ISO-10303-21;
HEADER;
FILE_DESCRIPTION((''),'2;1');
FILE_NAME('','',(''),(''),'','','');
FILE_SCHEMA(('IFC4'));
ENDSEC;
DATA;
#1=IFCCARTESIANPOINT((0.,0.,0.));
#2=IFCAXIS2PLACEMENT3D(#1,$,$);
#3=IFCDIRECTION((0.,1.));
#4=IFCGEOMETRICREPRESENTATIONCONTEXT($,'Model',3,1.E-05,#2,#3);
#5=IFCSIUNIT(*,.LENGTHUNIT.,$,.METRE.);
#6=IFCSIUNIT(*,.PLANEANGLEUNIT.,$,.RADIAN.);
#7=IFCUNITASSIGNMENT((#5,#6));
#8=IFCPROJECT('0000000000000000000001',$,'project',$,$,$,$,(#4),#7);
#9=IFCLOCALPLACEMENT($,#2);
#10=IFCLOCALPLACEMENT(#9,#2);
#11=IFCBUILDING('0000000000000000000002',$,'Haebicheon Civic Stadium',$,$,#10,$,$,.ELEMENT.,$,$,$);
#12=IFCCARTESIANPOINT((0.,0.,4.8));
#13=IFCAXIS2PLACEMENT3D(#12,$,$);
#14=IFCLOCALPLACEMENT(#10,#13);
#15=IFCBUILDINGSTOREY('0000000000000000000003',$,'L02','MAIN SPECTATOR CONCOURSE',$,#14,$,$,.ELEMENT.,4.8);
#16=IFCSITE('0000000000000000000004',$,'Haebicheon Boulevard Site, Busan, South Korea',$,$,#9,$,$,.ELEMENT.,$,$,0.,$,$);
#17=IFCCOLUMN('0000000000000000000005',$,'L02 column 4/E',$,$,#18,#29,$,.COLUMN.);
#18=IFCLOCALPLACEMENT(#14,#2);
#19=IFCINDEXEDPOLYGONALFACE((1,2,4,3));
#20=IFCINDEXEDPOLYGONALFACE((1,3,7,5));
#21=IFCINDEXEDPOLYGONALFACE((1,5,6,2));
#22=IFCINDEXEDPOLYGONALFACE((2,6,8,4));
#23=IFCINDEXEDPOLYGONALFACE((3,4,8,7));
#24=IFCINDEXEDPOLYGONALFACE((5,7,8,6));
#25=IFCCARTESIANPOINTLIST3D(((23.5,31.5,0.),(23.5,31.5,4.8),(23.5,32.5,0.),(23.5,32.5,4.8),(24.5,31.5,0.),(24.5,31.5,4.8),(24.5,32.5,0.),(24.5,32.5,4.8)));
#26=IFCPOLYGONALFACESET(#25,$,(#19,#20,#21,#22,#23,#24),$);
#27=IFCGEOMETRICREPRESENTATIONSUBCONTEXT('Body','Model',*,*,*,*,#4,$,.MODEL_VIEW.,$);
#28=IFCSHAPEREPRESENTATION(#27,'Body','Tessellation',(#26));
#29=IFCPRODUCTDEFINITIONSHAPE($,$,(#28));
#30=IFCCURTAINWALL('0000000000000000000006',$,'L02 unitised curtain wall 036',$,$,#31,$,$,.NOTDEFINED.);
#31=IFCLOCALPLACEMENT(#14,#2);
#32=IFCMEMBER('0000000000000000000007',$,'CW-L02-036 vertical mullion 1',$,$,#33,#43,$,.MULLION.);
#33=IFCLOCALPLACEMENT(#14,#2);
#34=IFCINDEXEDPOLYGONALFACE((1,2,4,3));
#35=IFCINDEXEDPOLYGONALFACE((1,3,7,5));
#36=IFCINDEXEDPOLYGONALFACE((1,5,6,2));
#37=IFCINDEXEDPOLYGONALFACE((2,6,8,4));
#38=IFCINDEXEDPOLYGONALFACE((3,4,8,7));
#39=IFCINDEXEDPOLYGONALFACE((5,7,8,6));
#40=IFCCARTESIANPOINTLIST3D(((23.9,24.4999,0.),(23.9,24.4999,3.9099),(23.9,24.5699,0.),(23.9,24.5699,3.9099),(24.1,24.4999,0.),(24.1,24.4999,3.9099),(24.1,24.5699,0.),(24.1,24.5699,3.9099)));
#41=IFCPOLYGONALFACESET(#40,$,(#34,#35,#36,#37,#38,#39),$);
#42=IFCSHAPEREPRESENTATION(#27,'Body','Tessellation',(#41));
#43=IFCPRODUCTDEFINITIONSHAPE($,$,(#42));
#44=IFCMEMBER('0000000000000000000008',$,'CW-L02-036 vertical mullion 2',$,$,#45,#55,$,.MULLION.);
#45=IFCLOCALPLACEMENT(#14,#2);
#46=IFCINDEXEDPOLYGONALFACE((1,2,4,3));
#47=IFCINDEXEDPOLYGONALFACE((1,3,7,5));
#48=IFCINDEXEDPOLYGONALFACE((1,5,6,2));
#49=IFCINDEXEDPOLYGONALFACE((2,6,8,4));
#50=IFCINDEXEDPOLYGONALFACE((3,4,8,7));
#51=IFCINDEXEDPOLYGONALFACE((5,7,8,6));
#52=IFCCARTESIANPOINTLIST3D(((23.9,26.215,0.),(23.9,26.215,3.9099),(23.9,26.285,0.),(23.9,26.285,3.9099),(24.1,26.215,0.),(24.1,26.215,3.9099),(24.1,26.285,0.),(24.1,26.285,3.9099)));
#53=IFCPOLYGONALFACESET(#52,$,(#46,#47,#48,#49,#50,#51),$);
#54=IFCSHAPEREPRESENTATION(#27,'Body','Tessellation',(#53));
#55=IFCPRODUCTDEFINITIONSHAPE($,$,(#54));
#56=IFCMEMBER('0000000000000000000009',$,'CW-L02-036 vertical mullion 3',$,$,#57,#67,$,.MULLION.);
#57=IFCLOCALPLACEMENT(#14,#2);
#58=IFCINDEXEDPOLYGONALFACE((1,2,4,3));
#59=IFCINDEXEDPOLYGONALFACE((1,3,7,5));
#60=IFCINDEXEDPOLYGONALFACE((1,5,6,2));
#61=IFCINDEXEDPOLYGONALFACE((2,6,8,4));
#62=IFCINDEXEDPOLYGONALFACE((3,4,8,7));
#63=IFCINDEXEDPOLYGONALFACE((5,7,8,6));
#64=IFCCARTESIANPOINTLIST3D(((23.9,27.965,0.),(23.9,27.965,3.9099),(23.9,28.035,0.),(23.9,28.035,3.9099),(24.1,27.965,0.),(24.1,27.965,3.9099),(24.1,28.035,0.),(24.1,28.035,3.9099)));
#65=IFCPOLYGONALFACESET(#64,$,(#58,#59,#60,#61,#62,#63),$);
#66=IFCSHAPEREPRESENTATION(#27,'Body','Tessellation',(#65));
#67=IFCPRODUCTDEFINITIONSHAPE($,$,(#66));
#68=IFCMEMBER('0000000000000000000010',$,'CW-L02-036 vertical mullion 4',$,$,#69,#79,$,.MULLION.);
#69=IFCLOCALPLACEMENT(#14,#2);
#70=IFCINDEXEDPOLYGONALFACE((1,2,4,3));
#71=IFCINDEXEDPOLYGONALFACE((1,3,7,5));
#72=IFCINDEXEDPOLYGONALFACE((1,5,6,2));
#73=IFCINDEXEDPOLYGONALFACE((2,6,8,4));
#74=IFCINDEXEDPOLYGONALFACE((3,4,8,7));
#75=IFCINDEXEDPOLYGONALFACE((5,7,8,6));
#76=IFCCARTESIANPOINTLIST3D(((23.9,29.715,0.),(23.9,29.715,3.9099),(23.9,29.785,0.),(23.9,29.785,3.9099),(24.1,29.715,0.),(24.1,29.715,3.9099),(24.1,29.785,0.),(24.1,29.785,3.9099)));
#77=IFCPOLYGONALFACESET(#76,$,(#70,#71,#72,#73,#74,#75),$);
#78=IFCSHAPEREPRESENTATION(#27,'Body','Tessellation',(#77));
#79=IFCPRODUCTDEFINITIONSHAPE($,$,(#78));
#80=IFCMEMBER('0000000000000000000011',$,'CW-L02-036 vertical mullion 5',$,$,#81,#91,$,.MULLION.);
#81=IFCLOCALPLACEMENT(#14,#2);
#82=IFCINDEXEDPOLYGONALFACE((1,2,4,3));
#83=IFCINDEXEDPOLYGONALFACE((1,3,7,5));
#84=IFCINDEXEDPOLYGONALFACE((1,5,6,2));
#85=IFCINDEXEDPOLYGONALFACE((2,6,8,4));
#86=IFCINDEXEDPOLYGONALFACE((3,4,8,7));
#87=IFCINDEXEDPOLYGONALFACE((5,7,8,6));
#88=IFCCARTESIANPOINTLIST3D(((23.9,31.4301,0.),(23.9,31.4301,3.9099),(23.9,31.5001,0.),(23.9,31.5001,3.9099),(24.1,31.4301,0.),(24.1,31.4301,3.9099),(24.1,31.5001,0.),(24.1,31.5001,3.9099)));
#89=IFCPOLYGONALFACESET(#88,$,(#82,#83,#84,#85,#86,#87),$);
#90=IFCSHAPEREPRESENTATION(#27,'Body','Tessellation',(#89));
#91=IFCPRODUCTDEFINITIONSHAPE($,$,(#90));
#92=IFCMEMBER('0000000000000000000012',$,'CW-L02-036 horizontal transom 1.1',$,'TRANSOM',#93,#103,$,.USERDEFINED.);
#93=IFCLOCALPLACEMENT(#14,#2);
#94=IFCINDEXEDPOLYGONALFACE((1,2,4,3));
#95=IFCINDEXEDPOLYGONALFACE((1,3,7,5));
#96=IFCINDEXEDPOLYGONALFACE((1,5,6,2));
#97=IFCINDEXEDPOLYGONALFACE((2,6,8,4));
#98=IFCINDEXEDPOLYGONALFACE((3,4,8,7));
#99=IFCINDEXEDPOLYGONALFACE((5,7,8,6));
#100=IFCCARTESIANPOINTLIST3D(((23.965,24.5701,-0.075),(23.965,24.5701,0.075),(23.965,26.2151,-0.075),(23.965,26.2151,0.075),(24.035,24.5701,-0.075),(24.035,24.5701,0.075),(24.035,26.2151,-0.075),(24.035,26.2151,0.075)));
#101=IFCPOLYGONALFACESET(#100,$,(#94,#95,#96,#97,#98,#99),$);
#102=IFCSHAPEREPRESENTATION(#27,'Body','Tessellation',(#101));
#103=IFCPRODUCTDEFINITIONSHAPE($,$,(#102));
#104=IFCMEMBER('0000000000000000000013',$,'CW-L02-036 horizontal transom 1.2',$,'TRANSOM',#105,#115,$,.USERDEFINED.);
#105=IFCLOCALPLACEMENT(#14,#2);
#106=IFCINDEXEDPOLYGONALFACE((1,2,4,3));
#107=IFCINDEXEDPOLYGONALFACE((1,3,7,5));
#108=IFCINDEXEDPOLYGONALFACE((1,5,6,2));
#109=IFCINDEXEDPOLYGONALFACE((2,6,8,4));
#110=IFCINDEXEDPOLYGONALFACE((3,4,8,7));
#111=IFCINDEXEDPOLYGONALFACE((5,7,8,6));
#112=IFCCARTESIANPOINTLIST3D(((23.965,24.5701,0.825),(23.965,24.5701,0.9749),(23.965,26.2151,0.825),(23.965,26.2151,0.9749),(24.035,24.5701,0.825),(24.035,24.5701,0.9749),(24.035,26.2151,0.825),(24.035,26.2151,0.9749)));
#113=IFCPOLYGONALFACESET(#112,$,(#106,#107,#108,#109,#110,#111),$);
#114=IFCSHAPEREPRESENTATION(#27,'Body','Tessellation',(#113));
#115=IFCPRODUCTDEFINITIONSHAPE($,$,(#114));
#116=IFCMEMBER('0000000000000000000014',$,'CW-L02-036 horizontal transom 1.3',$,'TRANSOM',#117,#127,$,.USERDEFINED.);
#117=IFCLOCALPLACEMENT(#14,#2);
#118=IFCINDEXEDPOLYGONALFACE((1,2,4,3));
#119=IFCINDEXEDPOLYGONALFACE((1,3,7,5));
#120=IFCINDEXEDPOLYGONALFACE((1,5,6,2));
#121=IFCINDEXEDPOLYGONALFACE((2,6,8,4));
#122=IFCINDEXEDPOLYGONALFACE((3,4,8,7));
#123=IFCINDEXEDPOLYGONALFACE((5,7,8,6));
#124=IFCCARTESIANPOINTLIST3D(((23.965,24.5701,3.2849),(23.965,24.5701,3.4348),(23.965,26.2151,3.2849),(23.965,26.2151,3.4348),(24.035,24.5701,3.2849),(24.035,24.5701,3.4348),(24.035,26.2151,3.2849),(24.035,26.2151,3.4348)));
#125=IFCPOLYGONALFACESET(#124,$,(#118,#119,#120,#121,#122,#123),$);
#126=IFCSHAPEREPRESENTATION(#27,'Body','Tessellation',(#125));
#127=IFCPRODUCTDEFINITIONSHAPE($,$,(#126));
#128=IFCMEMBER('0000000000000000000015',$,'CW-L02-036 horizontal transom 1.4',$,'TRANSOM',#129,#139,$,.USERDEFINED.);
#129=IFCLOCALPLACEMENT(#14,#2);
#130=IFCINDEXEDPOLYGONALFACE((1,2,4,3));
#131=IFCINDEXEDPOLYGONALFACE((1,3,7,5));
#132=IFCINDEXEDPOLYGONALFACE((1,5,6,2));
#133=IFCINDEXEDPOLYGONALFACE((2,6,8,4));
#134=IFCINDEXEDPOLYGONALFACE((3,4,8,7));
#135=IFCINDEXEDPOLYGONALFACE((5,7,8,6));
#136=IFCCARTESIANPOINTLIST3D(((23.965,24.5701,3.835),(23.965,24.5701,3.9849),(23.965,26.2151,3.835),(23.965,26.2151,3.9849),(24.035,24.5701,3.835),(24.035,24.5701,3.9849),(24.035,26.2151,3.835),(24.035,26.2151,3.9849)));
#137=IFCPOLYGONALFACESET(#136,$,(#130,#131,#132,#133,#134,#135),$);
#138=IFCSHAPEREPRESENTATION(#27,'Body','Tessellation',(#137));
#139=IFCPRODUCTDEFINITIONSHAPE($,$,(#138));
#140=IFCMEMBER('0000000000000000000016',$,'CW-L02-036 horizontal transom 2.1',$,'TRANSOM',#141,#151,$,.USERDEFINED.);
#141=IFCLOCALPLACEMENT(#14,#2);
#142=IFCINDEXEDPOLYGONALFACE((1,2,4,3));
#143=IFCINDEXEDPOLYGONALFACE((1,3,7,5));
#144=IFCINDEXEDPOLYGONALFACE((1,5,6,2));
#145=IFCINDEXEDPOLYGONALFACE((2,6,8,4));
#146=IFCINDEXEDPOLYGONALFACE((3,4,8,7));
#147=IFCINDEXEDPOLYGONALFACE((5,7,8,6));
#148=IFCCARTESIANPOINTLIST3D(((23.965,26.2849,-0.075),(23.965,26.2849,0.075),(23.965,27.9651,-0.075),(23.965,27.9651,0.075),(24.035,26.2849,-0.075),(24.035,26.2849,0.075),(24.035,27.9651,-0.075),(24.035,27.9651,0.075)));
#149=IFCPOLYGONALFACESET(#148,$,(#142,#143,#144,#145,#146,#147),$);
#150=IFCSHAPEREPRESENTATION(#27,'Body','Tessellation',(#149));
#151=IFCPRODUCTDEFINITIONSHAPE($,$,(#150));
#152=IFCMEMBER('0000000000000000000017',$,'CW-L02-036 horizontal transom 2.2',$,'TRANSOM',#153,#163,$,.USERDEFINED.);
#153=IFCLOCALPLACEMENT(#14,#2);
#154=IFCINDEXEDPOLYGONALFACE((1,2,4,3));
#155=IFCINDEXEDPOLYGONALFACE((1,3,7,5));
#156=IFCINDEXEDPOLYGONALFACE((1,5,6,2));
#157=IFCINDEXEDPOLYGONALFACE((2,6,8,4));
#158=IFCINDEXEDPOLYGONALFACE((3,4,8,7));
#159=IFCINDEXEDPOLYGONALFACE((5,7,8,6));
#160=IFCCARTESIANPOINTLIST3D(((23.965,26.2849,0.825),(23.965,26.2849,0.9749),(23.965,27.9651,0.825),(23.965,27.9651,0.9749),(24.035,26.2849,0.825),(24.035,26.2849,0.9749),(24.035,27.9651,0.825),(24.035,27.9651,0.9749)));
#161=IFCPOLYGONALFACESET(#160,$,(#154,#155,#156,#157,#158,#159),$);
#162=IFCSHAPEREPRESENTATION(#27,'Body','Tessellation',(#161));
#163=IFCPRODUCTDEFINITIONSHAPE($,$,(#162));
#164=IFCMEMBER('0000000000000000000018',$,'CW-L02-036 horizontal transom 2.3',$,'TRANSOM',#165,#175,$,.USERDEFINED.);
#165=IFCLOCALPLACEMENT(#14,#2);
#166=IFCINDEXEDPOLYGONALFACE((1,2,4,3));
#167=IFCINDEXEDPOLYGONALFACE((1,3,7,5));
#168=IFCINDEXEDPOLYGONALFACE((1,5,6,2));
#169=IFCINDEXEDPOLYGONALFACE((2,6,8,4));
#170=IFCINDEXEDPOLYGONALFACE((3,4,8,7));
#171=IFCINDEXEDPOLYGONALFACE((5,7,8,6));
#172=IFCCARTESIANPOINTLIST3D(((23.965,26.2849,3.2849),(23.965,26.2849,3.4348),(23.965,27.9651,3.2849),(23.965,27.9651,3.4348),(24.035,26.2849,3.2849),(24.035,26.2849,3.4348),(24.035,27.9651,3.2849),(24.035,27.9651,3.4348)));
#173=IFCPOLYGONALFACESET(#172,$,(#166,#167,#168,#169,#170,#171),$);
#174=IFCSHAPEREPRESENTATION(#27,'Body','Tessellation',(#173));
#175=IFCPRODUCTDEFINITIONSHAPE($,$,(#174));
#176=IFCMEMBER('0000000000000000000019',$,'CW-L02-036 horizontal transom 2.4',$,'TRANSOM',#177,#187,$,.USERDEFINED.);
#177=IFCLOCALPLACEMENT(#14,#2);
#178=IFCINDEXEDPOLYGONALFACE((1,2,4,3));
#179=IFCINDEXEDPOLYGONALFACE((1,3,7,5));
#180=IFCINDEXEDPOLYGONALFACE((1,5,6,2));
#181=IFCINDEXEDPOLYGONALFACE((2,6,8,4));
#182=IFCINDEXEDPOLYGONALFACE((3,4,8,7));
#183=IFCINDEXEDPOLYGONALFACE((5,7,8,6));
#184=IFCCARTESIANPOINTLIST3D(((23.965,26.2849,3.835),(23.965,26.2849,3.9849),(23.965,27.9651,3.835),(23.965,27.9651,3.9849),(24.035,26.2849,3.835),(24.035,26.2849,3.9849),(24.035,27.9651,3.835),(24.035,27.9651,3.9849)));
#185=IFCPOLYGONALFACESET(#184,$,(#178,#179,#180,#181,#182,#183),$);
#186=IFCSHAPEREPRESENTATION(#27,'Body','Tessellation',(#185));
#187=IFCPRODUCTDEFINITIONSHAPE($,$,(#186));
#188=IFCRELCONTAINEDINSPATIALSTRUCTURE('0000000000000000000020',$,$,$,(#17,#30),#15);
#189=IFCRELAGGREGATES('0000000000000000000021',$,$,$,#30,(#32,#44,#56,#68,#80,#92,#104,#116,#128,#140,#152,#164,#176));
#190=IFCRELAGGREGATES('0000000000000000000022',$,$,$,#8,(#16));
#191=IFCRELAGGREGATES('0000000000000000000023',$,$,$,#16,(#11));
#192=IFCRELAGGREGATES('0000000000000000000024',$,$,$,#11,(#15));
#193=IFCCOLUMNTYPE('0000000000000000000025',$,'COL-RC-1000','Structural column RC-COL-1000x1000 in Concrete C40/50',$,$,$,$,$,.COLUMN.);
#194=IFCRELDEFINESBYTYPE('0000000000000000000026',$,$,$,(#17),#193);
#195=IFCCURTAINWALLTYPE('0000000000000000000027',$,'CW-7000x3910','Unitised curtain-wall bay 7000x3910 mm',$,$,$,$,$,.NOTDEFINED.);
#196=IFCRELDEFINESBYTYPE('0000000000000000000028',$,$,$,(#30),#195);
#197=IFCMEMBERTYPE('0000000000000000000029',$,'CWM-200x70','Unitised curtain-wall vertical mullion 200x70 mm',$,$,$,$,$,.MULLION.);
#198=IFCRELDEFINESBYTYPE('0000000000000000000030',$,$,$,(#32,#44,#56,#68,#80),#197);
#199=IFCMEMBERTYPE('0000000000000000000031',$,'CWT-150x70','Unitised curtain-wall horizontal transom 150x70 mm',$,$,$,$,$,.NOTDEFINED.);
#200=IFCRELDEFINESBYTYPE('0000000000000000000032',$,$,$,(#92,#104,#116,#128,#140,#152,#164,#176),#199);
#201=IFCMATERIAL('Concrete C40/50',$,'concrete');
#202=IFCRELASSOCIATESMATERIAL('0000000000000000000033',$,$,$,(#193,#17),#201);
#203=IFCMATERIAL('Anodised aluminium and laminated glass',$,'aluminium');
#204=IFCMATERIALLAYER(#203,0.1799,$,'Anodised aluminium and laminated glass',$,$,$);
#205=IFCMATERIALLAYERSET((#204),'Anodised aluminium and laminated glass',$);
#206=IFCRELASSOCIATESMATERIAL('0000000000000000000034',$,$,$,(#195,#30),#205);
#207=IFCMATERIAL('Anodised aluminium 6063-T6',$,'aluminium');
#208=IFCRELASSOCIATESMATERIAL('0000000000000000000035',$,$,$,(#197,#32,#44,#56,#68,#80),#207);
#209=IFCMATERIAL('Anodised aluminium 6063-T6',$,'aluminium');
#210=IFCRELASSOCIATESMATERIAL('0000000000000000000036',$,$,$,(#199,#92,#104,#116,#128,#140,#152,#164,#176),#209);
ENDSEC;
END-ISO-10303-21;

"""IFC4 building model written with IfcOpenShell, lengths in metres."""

from ifc_helpers import new_model, si_unit, direction, frame, origin, origin_2d, place, context, subcontext, project, spatial, rectangle, extrude, material, layer, layer_set, material_profile, profile_set, type_object, element, aggregate, save


model = new_model("IFC4")

# Units and contexts
model_context = context("Model", 3, precision=1e-05, world=origin(), true_north=direction((0.0, 1.0)))
body_context = subcontext(model_context, "Body", "Model", "MODEL_VIEW")
ifc_project = project(units=[si_unit("LENGTHUNIT", "METRE"), si_unit("PLANEANGLEUNIT", "RADIAN")], contexts=[model_context])

# Site, building, storey
site_placement = place(None, origin())
site = spatial("IfcSite", under=ifc_project, at=site_placement, Name="Haebicheon Boulevard Site, Busan, South Korea", CompositionType="ELEMENT", RefElevation=0.0)
building_placement = place(site_placement, origin())
building = spatial("IfcBuilding", under=site, at=building_placement, Name="Haebicheon Civic Stadium", CompositionType="ELEMENT")
storey_placement = place(building_placement, frame((0.0, 0.0, 4.8)))
storey = spatial("IfcBuildingStorey", under=building, at=storey_placement, Name="L02", Description="MAIN SPECTATOR CONCOURSE", CompositionType="ELEMENT", Elevation=4.8)

# Column
ifc_material_1 = material(Name="Concrete C40/50", Category="concrete")
ifc_material_profile_1 = material_profile(ifc_material_1, rectangle(XDim=1.0, YDim=1.0, at=origin_2d()), Name="RC-COL-1000x1000")
ifc_profile_set_1 = profile_set([ifc_material_profile_1], Name="Concrete C40/50")
column_type = type_object("IfcColumnType", Name="COL-RC-1000", Description="Structural column RC-COL-1000x1000 in Concrete C40/50", PredefinedType="COLUMN", material=ifc_profile_set_1)
column_placement = place(storey_placement, frame((24.0, 32.0, 0.0), z_axis=(0.0, 0.0, 1.0), x_axis=(1.0, 0.0, 0.0)))
element("IfcColumn", 1, at=column_placement, inside=storey, type_object=column_type, material=ifc_profile_set_1, Name="L02 column 4/E", PredefinedType="COLUMN", context=body_context, shape_type="SweptSolid", body=[
    extrude(rectangle(XDim=1.0, YDim=1.0, at=origin_2d()), origin(), (0.0, 0.0, 1.0), 4.8),
])

# Curtain wall, members
ifc_material_2 = material(Name="Anodised aluminium and laminated glass", Category="aluminium")
ifc_layer_1 = layer(ifc_material_2, 0.1799, Name="Anodised aluminium and laminated glass")
ifc_layer_set_1 = layer_set([ifc_layer_1], Name="Anodised aluminium and laminated glass")
curtain_wall_type = type_object("IfcCurtainWallType", Name="CW-7000x3910", Description="Unitised curtain-wall bay 7000x3910 mm", PredefinedType="NOTDEFINED", material=ifc_layer_set_1)
curtain_wall_placement = place(storey_placement, origin())
curtain_wall = element("IfcCurtainWall", 2, at=curtain_wall_placement, inside=storey, type_object=curtain_wall_type, material=ifc_layer_set_1, Name="L02 unitised curtain wall 036", PredefinedType="NOTDEFINED")
ifc_material_3 = material(Name="Anodised aluminium 6063-T6", Category="aluminium")
ifc_material_profile_2 = material_profile(ifc_material_3, rectangle(XDim=0.0701, YDim=0.2, at=origin_2d()), Name="ALU-MULL-70x200")
ifc_profile_set_2 = profile_set([ifc_material_profile_2], Name="Anodised aluminium 6063-T6")
member_type_1 = type_object("IfcMemberType", Name="CWM-200x70", Description="Unitised curtain-wall vertical mullion 200x70 mm", PredefinedType="MULLION", material=ifc_profile_set_2)
member_1_placement = place(storey_placement, frame((24.0, 24.5349, 0.0), z_axis=(0.0, 0.0, 1.0), x_axis=(0.0, 1.0, 0.0)))
member_1 = element("IfcMember", 3, at=member_1_placement, type_object=member_type_1, material=ifc_profile_set_2, Name="CW-L02-036 vertical mullion 1", PredefinedType="MULLION", context=body_context, shape_type="SweptSolid", body=[
    extrude(rectangle(XDim=0.0701, YDim=0.2, at=origin_2d()), origin(), (0.0, 0.0, 1.0), 3.9099),
])
member_2_placement = place(storey_placement, frame((24.0, 26.25, 0.0), z_axis=(0.0, 0.0, 1.0), x_axis=(0.0, 1.0, 0.0)))
member_2 = element("IfcMember", 4, at=member_2_placement, type_object=member_type_1, material=ifc_profile_set_2, Name="CW-L02-036 vertical mullion 2", PredefinedType="MULLION", context=body_context, shape_type="SweptSolid", body=[
    extrude(rectangle(XDim=0.0701, YDim=0.2, at=origin_2d()), origin(), (0.0, 0.0, 1.0), 3.9099),
])
member_3_placement = place(storey_placement, frame((24.0, 28.0, 0.0), z_axis=(0.0, 0.0, 1.0), x_axis=(0.0, 1.0, 0.0)))
member_3 = element("IfcMember", 5, at=member_3_placement, type_object=member_type_1, material=ifc_profile_set_2, Name="CW-L02-036 vertical mullion 3", PredefinedType="MULLION", context=body_context, shape_type="SweptSolid", body=[
    extrude(rectangle(XDim=0.0701, YDim=0.2, at=origin_2d()), origin(), (0.0, 0.0, 1.0), 3.9099),
])
member_4_placement = place(storey_placement, frame((24.0, 29.75, 0.0), z_axis=(0.0, 0.0, 1.0), x_axis=(0.0, 1.0, 0.0)))
member_4 = element("IfcMember", 6, at=member_4_placement, type_object=member_type_1, material=ifc_profile_set_2, Name="CW-L02-036 vertical mullion 4", PredefinedType="MULLION", context=body_context, shape_type="SweptSolid", body=[
    extrude(rectangle(XDim=0.0701, YDim=0.2, at=origin_2d()), origin(), (0.0, 0.0, 1.0), 3.9099),
])
member_5_placement = place(storey_placement, frame((24.0, 31.4651, 0.0), z_axis=(0.0, 0.0, 1.0), x_axis=(0.0, 1.0, 0.0)))
member_5 = element("IfcMember", 7, at=member_5_placement, type_object=member_type_1, material=ifc_profile_set_2, Name="CW-L02-036 vertical mullion 5", PredefinedType="MULLION", context=body_context, shape_type="SweptSolid", body=[
    extrude(rectangle(XDim=0.0701, YDim=0.2, at=origin_2d()), origin(), (0.0, 0.0, 1.0), 3.9099),
])
ifc_material_4 = material(Name="Anodised aluminium 6063-T6", Category="aluminium")
ifc_material_profile_3 = material_profile(ifc_material_4, rectangle(XDim=0.0701, YDim=0.1499, at=origin_2d()), Name="ALU-TRAN-70x150")
ifc_profile_set_3 = profile_set([ifc_material_profile_3], Name="Anodised aluminium 6063-T6")
member_type_2 = type_object("IfcMemberType", Name="CWT-150x70", Description="Unitised curtain-wall horizontal transom 150x70 mm", PredefinedType="NOTDEFINED", material=ifc_profile_set_3)
member_6_placement = place(storey_placement, frame((24.0, 24.5701, 0.0), z_axis=(0.0, 1.0, 0.0), x_axis=(-1.0, 0.0, 0.0)))
member_6 = element("IfcMember", 8, at=member_6_placement, type_object=member_type_2, material=ifc_profile_set_3, Name="CW-L02-036 horizontal transom 1.1", ObjectType="TRANSOM", PredefinedType="USERDEFINED", context=body_context, shape_type="SweptSolid", body=[
    extrude(rectangle(XDim=0.0701, YDim=0.1499, at=origin_2d()), origin(), (0.0, 0.0, 1.0), 1.645),
])
member_7_placement = place(storey_placement, frame((24.0, 24.5701, 0.8999), z_axis=(0.0, 1.0, 0.0), x_axis=(-1.0, 0.0, 0.0)))
member_7 = element("IfcMember", 9, at=member_7_placement, type_object=member_type_2, material=ifc_profile_set_3, Name="CW-L02-036 horizontal transom 1.2", ObjectType="TRANSOM", PredefinedType="USERDEFINED", context=body_context, shape_type="SweptSolid", body=[
    extrude(rectangle(XDim=0.0701, YDim=0.1499, at=origin_2d()), origin(), (0.0, 0.0, 1.0), 1.645),
])
member_8_placement = place(storey_placement, frame((24.0, 24.5701, 3.3599), z_axis=(0.0, 1.0, 0.0), x_axis=(-1.0, 0.0, 0.0)))
member_8 = element("IfcMember", 10, at=member_8_placement, type_object=member_type_2, material=ifc_profile_set_3, Name="CW-L02-036 horizontal transom 1.3", ObjectType="TRANSOM", PredefinedType="USERDEFINED", context=body_context, shape_type="SweptSolid", body=[
    extrude(rectangle(XDim=0.0701, YDim=0.1499, at=origin_2d()), origin(), (0.0, 0.0, 1.0), 1.645),
])
member_9_placement = place(storey_placement, frame((24.0, 24.5701, 3.9099), z_axis=(0.0, 1.0, 0.0), x_axis=(-1.0, 0.0, 0.0)))
member_9 = element("IfcMember", 11, at=member_9_placement, type_object=member_type_2, material=ifc_profile_set_3, Name="CW-L02-036 horizontal transom 1.4", ObjectType="TRANSOM", PredefinedType="USERDEFINED", context=body_context, shape_type="SweptSolid", body=[
    extrude(rectangle(XDim=0.0701, YDim=0.1499, at=origin_2d()), origin(), (0.0, 0.0, 1.0), 1.645),
])
member_10_placement = place(storey_placement, frame((24.0, 26.2849, 0.0), z_axis=(0.0, 1.0, 0.0), x_axis=(-1.0, 0.0, 0.0)))
member_10 = element("IfcMember", 12, at=member_10_placement, type_object=member_type_2, material=ifc_profile_set_3, Name="CW-L02-036 horizontal transom 2.1", ObjectType="TRANSOM", PredefinedType="USERDEFINED", context=body_context, shape_type="SweptSolid", body=[
    extrude(rectangle(XDim=0.0701, YDim=0.1499, at=origin_2d()), origin(), (0.0, 0.0, 1.0), 1.6802),
])
member_11_placement = place(storey_placement, frame((24.0, 26.2849, 0.8999), z_axis=(0.0, 1.0, 0.0), x_axis=(-1.0, 0.0, 0.0)))
member_11 = element("IfcMember", 13, at=member_11_placement, type_object=member_type_2, material=ifc_profile_set_3, Name="CW-L02-036 horizontal transom 2.2", ObjectType="TRANSOM", PredefinedType="USERDEFINED", context=body_context, shape_type="SweptSolid", body=[
    extrude(rectangle(XDim=0.0701, YDim=0.1499, at=origin_2d()), origin(), (0.0, 0.0, 1.0), 1.6802),
])
member_12_placement = place(storey_placement, frame((24.0, 26.2849, 3.3599), z_axis=(0.0, 1.0, 0.0), x_axis=(-1.0, 0.0, 0.0)))
member_12 = element("IfcMember", 14, at=member_12_placement, type_object=member_type_2, material=ifc_profile_set_3, Name="CW-L02-036 horizontal transom 2.3", ObjectType="TRANSOM", PredefinedType="USERDEFINED", context=body_context, shape_type="SweptSolid", body=[
    extrude(rectangle(XDim=0.0701, YDim=0.1499, at=origin_2d()), origin(), (0.0, 0.0, 1.0), 1.6802),
])
member_13_placement = place(storey_placement, frame((24.0, 26.2849, 3.9099), z_axis=(0.0, 1.0, 0.0), x_axis=(-1.0, 0.0, 0.0)))
member_13 = element("IfcMember", 15, at=member_13_placement, type_object=member_type_2, material=ifc_profile_set_3, Name="CW-L02-036 horizontal transom 2.4", ObjectType="TRANSOM", PredefinedType="USERDEFINED", context=body_context, shape_type="SweptSolid", body=[
    extrude(rectangle(XDim=0.0701, YDim=0.1499, at=origin_2d()), origin(), (0.0, 0.0, 1.0), 1.6802),
])

aggregate(curtain_wall, [member_1, member_2, member_3, member_4, member_5, member_6, member_7, member_8, member_9, member_10, member_11, member_12, member_13])

save(model, "model.ifc")
